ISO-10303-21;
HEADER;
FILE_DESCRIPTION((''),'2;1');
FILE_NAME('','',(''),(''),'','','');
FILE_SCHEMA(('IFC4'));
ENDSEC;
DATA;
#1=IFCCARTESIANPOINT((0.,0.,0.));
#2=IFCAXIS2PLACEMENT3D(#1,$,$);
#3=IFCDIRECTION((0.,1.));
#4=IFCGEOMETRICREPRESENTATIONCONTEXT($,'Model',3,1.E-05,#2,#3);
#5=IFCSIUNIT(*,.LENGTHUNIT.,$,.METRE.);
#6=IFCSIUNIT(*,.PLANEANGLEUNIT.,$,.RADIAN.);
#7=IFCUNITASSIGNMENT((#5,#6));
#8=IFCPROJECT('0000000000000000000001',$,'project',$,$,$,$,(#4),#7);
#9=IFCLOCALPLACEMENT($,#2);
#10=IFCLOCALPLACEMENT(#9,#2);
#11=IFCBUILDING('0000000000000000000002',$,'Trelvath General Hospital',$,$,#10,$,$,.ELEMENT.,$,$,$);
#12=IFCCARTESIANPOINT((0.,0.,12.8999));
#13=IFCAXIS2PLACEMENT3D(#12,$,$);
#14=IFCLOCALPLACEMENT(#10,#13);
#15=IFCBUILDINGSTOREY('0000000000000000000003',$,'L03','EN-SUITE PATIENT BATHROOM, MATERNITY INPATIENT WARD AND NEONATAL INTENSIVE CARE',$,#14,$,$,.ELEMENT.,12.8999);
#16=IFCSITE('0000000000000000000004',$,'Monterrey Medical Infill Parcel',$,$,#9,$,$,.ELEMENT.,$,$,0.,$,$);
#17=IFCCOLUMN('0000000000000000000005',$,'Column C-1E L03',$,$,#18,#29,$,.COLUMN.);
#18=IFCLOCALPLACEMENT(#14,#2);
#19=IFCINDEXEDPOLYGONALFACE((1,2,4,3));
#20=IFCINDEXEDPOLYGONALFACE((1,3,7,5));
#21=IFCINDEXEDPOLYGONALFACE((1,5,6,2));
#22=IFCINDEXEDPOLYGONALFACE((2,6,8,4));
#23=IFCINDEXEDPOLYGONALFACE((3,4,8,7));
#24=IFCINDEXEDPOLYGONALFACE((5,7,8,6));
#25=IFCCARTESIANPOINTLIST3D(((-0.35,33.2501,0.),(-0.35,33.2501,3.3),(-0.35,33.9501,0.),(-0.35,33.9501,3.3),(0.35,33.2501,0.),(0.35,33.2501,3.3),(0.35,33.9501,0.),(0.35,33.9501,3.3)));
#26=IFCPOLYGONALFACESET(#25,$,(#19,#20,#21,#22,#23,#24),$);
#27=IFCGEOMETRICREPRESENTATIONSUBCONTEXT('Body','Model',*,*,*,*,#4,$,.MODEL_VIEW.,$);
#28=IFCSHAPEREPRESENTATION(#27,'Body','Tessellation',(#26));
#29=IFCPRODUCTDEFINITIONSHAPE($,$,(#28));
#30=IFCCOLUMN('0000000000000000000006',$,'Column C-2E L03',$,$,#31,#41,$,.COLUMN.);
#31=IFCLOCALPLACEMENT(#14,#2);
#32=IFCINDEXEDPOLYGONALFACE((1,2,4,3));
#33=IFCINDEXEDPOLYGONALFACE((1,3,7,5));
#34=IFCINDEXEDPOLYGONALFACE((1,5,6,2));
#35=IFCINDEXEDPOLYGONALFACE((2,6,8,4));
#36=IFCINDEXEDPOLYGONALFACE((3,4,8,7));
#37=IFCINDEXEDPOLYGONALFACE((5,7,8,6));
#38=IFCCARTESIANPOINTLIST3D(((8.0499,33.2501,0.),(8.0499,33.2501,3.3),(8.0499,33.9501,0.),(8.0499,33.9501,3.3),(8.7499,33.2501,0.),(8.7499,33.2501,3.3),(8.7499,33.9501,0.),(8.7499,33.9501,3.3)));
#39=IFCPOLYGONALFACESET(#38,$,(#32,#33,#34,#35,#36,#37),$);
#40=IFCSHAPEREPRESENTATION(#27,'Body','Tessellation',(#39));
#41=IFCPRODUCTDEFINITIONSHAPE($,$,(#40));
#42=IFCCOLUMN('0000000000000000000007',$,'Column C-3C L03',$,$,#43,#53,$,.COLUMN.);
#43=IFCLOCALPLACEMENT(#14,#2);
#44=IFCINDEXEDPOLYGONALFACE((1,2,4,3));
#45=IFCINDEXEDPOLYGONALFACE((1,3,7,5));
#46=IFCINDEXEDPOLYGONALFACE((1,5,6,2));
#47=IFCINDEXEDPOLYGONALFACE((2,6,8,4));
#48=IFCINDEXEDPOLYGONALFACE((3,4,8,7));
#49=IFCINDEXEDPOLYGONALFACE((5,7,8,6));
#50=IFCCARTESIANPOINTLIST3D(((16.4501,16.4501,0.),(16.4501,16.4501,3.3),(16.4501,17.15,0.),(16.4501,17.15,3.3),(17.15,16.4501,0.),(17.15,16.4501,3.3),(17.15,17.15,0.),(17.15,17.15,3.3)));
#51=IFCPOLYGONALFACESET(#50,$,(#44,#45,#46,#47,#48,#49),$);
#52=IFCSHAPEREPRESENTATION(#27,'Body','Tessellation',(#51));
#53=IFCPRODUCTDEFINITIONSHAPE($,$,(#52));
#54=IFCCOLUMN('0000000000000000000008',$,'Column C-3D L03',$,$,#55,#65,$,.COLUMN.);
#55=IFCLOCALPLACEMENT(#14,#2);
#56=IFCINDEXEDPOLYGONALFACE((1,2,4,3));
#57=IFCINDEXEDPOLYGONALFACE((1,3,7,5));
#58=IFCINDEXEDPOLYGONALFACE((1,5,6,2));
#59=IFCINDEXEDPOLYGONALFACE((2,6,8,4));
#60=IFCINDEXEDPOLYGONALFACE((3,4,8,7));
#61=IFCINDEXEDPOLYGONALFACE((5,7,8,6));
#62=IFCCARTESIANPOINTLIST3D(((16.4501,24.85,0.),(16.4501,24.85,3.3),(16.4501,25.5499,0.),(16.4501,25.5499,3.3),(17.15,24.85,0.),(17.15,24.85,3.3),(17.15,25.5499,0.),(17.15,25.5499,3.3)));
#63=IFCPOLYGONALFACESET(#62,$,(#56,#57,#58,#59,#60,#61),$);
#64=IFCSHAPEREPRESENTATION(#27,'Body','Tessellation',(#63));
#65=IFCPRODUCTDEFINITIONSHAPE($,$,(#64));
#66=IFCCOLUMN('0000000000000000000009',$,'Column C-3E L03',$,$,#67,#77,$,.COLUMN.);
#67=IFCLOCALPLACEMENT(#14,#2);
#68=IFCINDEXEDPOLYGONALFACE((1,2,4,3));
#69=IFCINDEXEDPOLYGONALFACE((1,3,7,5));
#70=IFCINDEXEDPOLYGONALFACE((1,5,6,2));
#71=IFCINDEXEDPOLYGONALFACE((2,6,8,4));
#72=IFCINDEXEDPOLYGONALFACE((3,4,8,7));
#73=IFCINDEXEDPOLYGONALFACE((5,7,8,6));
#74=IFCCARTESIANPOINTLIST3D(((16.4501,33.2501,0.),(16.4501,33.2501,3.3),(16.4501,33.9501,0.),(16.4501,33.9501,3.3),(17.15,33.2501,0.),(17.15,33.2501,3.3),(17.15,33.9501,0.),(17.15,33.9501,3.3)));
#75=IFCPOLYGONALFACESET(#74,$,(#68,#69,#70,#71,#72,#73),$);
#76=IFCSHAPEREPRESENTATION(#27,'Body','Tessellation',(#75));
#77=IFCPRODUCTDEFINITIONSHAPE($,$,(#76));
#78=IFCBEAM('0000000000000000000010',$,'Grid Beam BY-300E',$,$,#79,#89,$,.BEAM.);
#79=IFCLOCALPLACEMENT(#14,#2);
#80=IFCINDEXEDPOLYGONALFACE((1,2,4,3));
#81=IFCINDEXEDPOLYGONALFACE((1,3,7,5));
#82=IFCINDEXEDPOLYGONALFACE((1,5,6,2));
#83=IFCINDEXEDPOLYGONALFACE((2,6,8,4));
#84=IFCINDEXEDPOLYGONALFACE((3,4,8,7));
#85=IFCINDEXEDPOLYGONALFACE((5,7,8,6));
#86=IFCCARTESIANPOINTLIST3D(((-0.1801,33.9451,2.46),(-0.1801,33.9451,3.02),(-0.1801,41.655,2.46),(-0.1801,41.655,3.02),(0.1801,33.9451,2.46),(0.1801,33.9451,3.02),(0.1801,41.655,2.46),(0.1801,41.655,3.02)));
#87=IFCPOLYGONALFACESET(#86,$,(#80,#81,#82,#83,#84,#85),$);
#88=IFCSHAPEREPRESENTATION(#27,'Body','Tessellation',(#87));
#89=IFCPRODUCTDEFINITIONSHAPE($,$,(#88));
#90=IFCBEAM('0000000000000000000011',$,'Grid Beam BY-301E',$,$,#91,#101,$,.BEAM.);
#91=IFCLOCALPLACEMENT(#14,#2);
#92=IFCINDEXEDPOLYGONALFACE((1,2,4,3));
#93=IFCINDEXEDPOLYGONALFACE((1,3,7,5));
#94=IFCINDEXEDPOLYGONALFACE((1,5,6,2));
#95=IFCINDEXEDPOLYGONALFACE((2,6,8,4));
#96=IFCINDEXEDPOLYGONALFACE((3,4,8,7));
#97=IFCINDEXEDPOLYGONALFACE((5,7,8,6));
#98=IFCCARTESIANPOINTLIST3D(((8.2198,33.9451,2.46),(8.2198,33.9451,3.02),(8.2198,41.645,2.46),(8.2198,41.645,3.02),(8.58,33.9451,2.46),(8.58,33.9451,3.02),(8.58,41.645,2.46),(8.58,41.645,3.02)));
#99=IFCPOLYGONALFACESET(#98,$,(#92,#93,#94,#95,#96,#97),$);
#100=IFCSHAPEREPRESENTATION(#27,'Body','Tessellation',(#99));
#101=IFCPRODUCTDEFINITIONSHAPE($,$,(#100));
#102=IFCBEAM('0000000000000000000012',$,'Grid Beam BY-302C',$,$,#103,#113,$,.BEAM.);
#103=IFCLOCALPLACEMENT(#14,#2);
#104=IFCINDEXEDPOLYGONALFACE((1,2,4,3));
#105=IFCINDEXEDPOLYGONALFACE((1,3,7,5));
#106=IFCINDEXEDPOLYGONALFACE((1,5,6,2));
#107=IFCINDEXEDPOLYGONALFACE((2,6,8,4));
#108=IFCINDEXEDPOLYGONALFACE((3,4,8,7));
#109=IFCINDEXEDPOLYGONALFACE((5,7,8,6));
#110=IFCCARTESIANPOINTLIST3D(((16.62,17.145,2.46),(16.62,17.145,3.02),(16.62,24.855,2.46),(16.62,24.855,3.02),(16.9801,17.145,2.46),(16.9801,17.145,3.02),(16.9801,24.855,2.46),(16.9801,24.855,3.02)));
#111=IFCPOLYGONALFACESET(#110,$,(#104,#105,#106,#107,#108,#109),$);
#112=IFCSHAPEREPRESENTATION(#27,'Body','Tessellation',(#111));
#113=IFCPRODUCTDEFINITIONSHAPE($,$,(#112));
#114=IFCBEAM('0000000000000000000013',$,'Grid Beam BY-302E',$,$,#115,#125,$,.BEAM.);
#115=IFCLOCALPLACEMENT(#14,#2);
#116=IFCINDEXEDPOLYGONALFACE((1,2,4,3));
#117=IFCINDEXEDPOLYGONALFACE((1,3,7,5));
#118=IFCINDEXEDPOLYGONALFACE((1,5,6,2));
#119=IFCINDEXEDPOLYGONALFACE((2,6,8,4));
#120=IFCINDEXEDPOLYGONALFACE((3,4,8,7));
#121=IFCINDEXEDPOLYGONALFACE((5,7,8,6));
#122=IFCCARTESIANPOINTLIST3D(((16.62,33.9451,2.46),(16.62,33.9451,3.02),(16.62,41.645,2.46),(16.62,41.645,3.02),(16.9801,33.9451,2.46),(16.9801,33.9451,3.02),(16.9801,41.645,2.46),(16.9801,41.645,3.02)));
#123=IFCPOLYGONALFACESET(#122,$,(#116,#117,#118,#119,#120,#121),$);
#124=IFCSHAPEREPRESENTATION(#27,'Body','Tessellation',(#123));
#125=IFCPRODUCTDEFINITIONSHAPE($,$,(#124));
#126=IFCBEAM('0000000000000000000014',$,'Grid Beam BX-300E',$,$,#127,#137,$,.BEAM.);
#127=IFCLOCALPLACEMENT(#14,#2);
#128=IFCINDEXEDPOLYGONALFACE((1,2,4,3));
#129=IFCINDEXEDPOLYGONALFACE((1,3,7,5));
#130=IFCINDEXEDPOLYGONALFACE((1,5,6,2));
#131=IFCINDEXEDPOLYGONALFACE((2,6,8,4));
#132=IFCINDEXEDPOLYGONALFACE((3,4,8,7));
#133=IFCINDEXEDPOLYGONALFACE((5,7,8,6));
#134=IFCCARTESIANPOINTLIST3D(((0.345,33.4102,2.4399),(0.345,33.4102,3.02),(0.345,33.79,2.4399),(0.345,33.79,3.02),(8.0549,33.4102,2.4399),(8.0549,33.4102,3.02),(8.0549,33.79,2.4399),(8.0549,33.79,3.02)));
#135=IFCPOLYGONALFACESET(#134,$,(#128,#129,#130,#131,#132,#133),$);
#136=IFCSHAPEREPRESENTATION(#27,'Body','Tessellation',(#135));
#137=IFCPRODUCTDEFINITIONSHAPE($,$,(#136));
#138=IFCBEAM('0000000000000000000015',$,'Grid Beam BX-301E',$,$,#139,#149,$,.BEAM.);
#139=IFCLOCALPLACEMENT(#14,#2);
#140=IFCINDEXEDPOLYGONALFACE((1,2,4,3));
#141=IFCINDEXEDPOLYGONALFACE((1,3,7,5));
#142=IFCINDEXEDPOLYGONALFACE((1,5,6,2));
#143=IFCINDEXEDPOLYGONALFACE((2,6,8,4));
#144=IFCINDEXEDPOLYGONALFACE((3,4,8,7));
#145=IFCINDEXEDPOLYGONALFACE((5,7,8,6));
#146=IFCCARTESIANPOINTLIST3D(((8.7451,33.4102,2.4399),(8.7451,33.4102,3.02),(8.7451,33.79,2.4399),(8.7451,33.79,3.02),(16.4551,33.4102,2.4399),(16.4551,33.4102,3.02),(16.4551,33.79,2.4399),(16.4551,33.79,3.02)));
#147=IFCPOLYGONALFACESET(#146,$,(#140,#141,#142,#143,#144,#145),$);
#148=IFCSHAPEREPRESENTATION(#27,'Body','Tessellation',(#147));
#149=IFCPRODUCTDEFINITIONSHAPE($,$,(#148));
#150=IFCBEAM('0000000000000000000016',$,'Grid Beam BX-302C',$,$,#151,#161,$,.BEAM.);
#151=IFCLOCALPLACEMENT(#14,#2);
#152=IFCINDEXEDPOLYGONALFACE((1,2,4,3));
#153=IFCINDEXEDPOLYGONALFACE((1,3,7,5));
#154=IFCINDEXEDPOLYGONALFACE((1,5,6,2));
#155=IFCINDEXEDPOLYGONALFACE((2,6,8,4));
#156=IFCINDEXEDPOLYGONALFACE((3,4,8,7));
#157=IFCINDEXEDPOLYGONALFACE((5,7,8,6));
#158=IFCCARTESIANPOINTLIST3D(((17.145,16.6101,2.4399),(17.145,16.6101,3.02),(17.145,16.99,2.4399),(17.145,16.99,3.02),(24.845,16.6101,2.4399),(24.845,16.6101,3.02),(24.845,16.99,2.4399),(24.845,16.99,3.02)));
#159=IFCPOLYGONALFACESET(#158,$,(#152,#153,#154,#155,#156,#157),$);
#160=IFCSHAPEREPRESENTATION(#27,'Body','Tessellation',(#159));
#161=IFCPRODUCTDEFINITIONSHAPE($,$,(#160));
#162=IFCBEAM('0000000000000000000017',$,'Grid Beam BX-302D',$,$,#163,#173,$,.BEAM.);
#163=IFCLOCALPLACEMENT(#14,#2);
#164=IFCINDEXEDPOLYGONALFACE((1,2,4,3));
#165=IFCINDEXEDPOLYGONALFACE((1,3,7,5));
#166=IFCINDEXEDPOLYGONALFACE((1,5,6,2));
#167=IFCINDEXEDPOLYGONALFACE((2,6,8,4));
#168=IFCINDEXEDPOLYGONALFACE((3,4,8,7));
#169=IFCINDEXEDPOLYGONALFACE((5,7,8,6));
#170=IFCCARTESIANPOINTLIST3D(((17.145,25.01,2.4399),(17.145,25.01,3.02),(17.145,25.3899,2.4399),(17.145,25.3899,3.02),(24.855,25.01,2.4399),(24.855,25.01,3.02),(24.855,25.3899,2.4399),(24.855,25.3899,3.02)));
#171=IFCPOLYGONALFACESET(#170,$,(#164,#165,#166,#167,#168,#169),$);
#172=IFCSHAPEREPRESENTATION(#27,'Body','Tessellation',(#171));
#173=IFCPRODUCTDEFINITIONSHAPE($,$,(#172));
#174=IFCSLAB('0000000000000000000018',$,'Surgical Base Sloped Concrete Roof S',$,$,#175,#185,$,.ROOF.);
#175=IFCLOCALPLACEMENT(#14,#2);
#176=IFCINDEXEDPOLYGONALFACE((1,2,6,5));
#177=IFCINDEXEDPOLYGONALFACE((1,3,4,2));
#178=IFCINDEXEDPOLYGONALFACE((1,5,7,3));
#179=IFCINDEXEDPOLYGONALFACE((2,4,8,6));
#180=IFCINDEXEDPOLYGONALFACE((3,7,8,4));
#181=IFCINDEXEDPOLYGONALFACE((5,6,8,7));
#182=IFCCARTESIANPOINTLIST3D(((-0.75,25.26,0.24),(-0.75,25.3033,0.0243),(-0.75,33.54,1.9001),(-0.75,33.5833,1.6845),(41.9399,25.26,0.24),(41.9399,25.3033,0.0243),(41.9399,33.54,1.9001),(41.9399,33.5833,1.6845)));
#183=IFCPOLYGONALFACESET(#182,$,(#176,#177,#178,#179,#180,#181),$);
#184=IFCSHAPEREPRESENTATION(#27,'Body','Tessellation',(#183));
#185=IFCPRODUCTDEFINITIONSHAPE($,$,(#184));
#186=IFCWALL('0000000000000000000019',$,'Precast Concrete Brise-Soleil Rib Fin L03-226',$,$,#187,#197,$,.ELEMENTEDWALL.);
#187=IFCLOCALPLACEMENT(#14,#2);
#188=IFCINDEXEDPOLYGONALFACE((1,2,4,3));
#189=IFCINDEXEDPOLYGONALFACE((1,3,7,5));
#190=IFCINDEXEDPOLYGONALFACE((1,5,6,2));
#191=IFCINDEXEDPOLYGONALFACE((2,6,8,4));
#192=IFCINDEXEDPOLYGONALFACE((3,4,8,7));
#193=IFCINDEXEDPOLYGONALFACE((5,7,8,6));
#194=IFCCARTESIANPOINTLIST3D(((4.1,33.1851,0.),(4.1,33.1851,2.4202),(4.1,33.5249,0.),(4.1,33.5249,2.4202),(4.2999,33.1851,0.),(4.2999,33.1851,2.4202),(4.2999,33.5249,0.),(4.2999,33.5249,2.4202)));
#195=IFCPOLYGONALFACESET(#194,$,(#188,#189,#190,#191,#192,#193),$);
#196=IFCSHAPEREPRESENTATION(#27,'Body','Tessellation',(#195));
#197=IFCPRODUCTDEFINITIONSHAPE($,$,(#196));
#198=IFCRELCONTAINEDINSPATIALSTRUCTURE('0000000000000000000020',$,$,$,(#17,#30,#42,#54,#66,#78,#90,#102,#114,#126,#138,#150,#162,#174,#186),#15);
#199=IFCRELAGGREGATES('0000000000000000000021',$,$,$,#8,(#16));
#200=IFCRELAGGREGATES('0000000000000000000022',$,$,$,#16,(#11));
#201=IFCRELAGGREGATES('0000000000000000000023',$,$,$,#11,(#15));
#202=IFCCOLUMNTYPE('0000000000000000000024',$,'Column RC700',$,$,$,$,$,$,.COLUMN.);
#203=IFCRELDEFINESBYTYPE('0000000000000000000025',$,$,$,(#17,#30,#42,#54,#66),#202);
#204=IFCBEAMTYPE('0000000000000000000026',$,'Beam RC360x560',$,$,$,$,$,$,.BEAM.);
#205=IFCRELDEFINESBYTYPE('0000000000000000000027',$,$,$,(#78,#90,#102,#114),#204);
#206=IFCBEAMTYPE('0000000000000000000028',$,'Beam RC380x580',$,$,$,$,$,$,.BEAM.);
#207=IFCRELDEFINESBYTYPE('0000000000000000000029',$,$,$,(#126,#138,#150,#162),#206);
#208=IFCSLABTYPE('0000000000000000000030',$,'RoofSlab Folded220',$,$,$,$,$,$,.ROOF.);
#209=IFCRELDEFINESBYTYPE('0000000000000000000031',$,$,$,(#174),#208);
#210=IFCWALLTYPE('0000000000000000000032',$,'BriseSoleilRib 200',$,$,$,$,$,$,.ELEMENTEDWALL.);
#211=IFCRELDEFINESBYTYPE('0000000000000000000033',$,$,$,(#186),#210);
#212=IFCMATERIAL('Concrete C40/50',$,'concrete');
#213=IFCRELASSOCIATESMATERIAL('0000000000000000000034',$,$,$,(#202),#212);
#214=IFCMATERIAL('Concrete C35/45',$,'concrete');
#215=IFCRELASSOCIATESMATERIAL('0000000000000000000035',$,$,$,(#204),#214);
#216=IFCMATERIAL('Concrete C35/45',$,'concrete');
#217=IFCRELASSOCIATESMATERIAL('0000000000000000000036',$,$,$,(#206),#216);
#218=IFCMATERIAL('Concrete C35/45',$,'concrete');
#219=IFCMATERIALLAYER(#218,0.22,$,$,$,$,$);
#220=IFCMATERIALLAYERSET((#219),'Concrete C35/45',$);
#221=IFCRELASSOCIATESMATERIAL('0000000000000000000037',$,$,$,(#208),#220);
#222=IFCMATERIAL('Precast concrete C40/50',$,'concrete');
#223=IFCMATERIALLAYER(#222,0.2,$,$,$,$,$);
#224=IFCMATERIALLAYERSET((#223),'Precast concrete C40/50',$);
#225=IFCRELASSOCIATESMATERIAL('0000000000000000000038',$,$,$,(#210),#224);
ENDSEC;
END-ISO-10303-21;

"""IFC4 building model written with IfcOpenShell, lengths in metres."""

from ifc_helpers import new_model, si_unit, direction, frame, frame_2d, origin, origin_2d, place, context, subcontext, project, spatial, polyline, rectangle, outline, extrude, material, layer, layer_set, material_profile, profile_set, type_object, element, save


model = new_model("IFC4")

# Units and contexts
model_context = context("Model", 3, precision=1e-05, world=origin(), true_north=direction((0.0, 1.0)))
body_context = subcontext(model_context, "Body", "Model", "MODEL_VIEW")
ifc_project = project(units=[si_unit("LENGTHUNIT", "METRE"), si_unit("PLANEANGLEUNIT", "RADIAN")], contexts=[model_context])

# Site, building, storey
site_placement = place(None, origin())
site = spatial("IfcSite", under=ifc_project, at=site_placement, Name="Monterrey Medical Infill Parcel", CompositionType="ELEMENT", RefElevation=0.0)
building_placement = place(site_placement, origin())
building = spatial("IfcBuilding", under=site, at=building_placement, Name="Trelvath General Hospital", CompositionType="ELEMENT")
storey_placement = place(building_placement, frame((0.0, 0.0, 12.8999)))
storey = spatial("IfcBuildingStorey", under=building, at=storey_placement, Name="L03", Description="EN-SUITE PATIENT BATHROOM, MATERNITY INPATIENT WARD AND NEONATAL INTENSIVE CARE", CompositionType="ELEMENT", Elevation=12.8999)

# Columns
ifc_material_1 = material(Name="Concrete C40/50", Category="concrete")
ifc_material_profile_1 = material_profile(ifc_material_1, rectangle(XDim=0.7, YDim=0.7, at=origin_2d()), Name="RC700x700")
ifc_profile_set_1 = profile_set([ifc_material_profile_1], Name="Concrete C40/50")
column_type = type_object("IfcColumnType", Name="Column RC700", PredefinedType="COLUMN", material=ifc_profile_set_1)
for number, where, z_axis, x_axis, name in (
    (1, (0.0, 33.6001, 0.0), (0.0, 0.0, 1.0), (1.0, 0.0, 0.0), "Column C-1E L03"),
    (2, (8.3999, 33.6001, 0.0), (0.0, 0.0, 1.0), (1.0, 0.0, 0.0), "Column C-2E L03"),
    (3, (16.8, 16.8, 0.0), (0.0, 0.0, 1.0), (1.0, 0.0, 0.0), "Column C-3C L03"),
    (4, (16.8, 25.2, 0.0), (0.0, 0.0, 1.0), (1.0, 0.0, 0.0), "Column C-3D L03"),
    (5, (16.8, 33.6001, 0.0), (0.0, 0.0, 1.0), (1.0, 0.0, 0.0), "Column C-3E L03"),
):
    element("IfcColumn", number, at=place(storey_placement, frame(where, z_axis=z_axis, x_axis=x_axis)), inside=storey, type_object=column_type, Name=name, PredefinedType="COLUMN", context=body_context, shape_type="SweptSolid", body=[
        extrude(rectangle(XDim=0.7, YDim=0.7, at=origin_2d()), origin(), (0.0, 0.0, 1.0), 3.3),
    ])

# Beams
ifc_material_2 = material(Name="Concrete C35/45", Category="concrete")
ifc_material_profile_2 = material_profile(ifc_material_2, rectangle(XDim=0.3601, YDim=0.5601, at=origin_2d()), Name="RCB360x560")
ifc_profile_set_2 = profile_set([ifc_material_profile_2], Name="Concrete C35/45")
beam_type_1 = type_object("IfcBeamType", Name="Beam RC360x560", PredefinedType="BEAM", material=ifc_profile_set_2)
beam_1_placement = place(storey_placement, frame((0.0, 33.9451, 2.74), z_axis=(0.0, 1.0, 0.0), x_axis=(-1.0, 0.0, 0.0)))
element("IfcBeam", 6, at=beam_1_placement, inside=storey, type_object=beam_type_1, Name="Grid Beam BY-300E", PredefinedType="BEAM", context=body_context, shape_type="SweptSolid", body=[
    extrude(rectangle(XDim=0.3601, YDim=0.5601, at=origin_2d()), origin(), (0.0, 0.0, 1.0), 7.71),
])
beam_2_placement = place(storey_placement, frame((8.3999, 33.9451, 2.74), z_axis=(0.0, 1.0, 0.0), x_axis=(-1.0, 0.0, 0.0)))
element("IfcBeam", 7, at=beam_2_placement, inside=storey, type_object=beam_type_1, Name="Grid Beam BY-301E", PredefinedType="BEAM", context=body_context, shape_type="SweptSolid", body=[
    extrude(rectangle(XDim=0.3601, YDim=0.5601, at=origin_2d()), origin(), (0.0, 0.0, 1.0), 7.7),
])
beam_3_placement = place(storey_placement, frame((16.8, 17.145, 2.74), z_axis=(0.0, 1.0, 0.0), x_axis=(-1.0, 0.0, 0.0)))
element("IfcBeam", 8, at=beam_3_placement, inside=storey, type_object=beam_type_1, Name="Grid Beam BY-302C", PredefinedType="BEAM", context=body_context, shape_type="SweptSolid", body=[
    extrude(rectangle(XDim=0.3601, YDim=0.5601, at=origin_2d()), origin(), (0.0, 0.0, 1.0), 7.71),
])
beam_4_placement = place(storey_placement, frame((16.8, 33.9451, 2.74), z_axis=(0.0, 1.0, 0.0), x_axis=(-1.0, 0.0, 0.0)))
element("IfcBeam", 9, at=beam_4_placement, inside=storey, type_object=beam_type_1, Name="Grid Beam BY-302E", PredefinedType="BEAM", context=body_context, shape_type="SweptSolid", body=[
    extrude(rectangle(XDim=0.3601, YDim=0.5601, at=origin_2d()), origin(), (0.0, 0.0, 1.0), 7.7),
])
ifc_material_3 = material(Name="Concrete C35/45", Category="concrete")
ifc_material_profile_3 = material_profile(ifc_material_3, rectangle(XDim=0.3799, YDim=0.5801, at=origin_2d()), Name="RCB380x580")
ifc_profile_set_3 = profile_set([ifc_material_profile_3], Name="Concrete C35/45")
beam_type_2 = type_object("IfcBeamType", Name="Beam RC380x580", PredefinedType="BEAM", material=ifc_profile_set_3)
for number, where, z_axis, x_axis, name in (
    (10, (0.345, 33.6001, 2.73), (1.0, 0.0, 0.0), (0.0, 1.0, 0.0), "Grid Beam BX-300E"),
    (11, (8.7451, 33.6001, 2.73), (1.0, 0.0, 0.0), (0.0, 1.0, 0.0), "Grid Beam BX-301E"),
):
    element("IfcBeam", number, at=place(storey_placement, frame(where, z_axis=z_axis, x_axis=x_axis)), inside=storey, type_object=beam_type_2, Name=name, PredefinedType="BEAM", context=body_context, shape_type="SweptSolid", body=[
        extrude(rectangle(XDim=0.3799, YDim=0.5801, at=origin_2d()), origin(), (0.0, 0.0, 1.0), 7.71),
    ])
beam_5_placement = place(storey_placement, frame((17.145, 16.8, 2.73), z_axis=(1.0, 0.0, 0.0), x_axis=(0.0, 1.0, 0.0)))
element("IfcBeam", 12, at=beam_5_placement, inside=storey, type_object=beam_type_2, Name="Grid Beam BX-302C", PredefinedType="BEAM", context=body_context, shape_type="SweptSolid", body=[
    extrude(rectangle(XDim=0.3799, YDim=0.5801, at=origin_2d()), origin(), (0.0, 0.0, 1.0), 7.7),
])
beam_6_placement = place(storey_placement, frame((17.145, 25.2, 2.73), z_axis=(1.0, 0.0, 0.0), x_axis=(0.0, 1.0, 0.0)))
element("IfcBeam", 13, at=beam_6_placement, inside=storey, type_object=beam_type_2, Name="Grid Beam BX-302D", PredefinedType="BEAM", context=body_context, shape_type="SweptSolid", body=[
    extrude(rectangle(XDim=0.3799, YDim=0.5801, at=origin_2d()), origin(), (0.0, 0.0, 1.0), 7.71),
])

# Slab
ifc_material_4 = material(Name="Concrete C35/45", Category="concrete")
ifc_layer_1 = layer(ifc_material_4, 0.22)
ifc_layer_set_1 = layer_set([ifc_layer_1], Name="Concrete C35/45")
slab_type = type_object("IfcSlabType", Name="RoofSlab Folded220", PredefinedType="ROOF", material=ifc_layer_set_1)
slab_placement = place(storey_placement, frame((-0.75, 25.26, 0.24), z_axis=(0.0, -0.196589, 0.980486), x_axis=(1.0, 0.0, 0.0)))
element("IfcSlab", 14, at=slab_placement, inside=storey, type_object=slab_type, Name="Surgical Base Sloped Concrete Roof S", PredefinedType="ROOF", context=body_context, shape_type="SweptSolid", body=[
    extrude(outline(polyline([(0.0, 0.0), (42.6899, 0.0), (42.6899, 8.4448), (0.0, 8.4448), (0.0, 0.0)])), origin(), (0.0, 0.0, -1.0), 0.22),
])

# Wall
ifc_material_5 = material(Name="Precast concrete C40/50", Category="concrete")
ifc_layer_2 = layer(ifc_material_5, 0.2)
ifc_layer_set_2 = layer_set([ifc_layer_2], Name="Precast concrete C40/50")
wall_type_1 = type_object("IfcWallType", Name="BriseSoleilRib 200", PredefinedType="ELEMENTEDWALL", material=ifc_layer_set_2)
for number, where, z_axis, x_axis, name in (
    (15, (4.2, 33.5249, 0.0), (0.0, 0.0, 1.0), (0.0, -1.0, 0.0), "Precast Concrete Brise-Soleil Rib Fin L03-226"),
):
    element("IfcWall", number, at=place(storey_placement, frame(where, z_axis=z_axis, x_axis=x_axis)), inside=storey, type_object=wall_type_1, Name=name, PredefinedType="ELEMENTEDWALL", context=body_context, shape_type="SweptSolid", body=[
        extrude(rectangle(XDim=0.3398, YDim=0.2, at=frame_2d((0.1699, 0.0))), origin(), (0.0, 0.0, 1.0), 2.4202),
    ])

save(model, "model.ifc")
